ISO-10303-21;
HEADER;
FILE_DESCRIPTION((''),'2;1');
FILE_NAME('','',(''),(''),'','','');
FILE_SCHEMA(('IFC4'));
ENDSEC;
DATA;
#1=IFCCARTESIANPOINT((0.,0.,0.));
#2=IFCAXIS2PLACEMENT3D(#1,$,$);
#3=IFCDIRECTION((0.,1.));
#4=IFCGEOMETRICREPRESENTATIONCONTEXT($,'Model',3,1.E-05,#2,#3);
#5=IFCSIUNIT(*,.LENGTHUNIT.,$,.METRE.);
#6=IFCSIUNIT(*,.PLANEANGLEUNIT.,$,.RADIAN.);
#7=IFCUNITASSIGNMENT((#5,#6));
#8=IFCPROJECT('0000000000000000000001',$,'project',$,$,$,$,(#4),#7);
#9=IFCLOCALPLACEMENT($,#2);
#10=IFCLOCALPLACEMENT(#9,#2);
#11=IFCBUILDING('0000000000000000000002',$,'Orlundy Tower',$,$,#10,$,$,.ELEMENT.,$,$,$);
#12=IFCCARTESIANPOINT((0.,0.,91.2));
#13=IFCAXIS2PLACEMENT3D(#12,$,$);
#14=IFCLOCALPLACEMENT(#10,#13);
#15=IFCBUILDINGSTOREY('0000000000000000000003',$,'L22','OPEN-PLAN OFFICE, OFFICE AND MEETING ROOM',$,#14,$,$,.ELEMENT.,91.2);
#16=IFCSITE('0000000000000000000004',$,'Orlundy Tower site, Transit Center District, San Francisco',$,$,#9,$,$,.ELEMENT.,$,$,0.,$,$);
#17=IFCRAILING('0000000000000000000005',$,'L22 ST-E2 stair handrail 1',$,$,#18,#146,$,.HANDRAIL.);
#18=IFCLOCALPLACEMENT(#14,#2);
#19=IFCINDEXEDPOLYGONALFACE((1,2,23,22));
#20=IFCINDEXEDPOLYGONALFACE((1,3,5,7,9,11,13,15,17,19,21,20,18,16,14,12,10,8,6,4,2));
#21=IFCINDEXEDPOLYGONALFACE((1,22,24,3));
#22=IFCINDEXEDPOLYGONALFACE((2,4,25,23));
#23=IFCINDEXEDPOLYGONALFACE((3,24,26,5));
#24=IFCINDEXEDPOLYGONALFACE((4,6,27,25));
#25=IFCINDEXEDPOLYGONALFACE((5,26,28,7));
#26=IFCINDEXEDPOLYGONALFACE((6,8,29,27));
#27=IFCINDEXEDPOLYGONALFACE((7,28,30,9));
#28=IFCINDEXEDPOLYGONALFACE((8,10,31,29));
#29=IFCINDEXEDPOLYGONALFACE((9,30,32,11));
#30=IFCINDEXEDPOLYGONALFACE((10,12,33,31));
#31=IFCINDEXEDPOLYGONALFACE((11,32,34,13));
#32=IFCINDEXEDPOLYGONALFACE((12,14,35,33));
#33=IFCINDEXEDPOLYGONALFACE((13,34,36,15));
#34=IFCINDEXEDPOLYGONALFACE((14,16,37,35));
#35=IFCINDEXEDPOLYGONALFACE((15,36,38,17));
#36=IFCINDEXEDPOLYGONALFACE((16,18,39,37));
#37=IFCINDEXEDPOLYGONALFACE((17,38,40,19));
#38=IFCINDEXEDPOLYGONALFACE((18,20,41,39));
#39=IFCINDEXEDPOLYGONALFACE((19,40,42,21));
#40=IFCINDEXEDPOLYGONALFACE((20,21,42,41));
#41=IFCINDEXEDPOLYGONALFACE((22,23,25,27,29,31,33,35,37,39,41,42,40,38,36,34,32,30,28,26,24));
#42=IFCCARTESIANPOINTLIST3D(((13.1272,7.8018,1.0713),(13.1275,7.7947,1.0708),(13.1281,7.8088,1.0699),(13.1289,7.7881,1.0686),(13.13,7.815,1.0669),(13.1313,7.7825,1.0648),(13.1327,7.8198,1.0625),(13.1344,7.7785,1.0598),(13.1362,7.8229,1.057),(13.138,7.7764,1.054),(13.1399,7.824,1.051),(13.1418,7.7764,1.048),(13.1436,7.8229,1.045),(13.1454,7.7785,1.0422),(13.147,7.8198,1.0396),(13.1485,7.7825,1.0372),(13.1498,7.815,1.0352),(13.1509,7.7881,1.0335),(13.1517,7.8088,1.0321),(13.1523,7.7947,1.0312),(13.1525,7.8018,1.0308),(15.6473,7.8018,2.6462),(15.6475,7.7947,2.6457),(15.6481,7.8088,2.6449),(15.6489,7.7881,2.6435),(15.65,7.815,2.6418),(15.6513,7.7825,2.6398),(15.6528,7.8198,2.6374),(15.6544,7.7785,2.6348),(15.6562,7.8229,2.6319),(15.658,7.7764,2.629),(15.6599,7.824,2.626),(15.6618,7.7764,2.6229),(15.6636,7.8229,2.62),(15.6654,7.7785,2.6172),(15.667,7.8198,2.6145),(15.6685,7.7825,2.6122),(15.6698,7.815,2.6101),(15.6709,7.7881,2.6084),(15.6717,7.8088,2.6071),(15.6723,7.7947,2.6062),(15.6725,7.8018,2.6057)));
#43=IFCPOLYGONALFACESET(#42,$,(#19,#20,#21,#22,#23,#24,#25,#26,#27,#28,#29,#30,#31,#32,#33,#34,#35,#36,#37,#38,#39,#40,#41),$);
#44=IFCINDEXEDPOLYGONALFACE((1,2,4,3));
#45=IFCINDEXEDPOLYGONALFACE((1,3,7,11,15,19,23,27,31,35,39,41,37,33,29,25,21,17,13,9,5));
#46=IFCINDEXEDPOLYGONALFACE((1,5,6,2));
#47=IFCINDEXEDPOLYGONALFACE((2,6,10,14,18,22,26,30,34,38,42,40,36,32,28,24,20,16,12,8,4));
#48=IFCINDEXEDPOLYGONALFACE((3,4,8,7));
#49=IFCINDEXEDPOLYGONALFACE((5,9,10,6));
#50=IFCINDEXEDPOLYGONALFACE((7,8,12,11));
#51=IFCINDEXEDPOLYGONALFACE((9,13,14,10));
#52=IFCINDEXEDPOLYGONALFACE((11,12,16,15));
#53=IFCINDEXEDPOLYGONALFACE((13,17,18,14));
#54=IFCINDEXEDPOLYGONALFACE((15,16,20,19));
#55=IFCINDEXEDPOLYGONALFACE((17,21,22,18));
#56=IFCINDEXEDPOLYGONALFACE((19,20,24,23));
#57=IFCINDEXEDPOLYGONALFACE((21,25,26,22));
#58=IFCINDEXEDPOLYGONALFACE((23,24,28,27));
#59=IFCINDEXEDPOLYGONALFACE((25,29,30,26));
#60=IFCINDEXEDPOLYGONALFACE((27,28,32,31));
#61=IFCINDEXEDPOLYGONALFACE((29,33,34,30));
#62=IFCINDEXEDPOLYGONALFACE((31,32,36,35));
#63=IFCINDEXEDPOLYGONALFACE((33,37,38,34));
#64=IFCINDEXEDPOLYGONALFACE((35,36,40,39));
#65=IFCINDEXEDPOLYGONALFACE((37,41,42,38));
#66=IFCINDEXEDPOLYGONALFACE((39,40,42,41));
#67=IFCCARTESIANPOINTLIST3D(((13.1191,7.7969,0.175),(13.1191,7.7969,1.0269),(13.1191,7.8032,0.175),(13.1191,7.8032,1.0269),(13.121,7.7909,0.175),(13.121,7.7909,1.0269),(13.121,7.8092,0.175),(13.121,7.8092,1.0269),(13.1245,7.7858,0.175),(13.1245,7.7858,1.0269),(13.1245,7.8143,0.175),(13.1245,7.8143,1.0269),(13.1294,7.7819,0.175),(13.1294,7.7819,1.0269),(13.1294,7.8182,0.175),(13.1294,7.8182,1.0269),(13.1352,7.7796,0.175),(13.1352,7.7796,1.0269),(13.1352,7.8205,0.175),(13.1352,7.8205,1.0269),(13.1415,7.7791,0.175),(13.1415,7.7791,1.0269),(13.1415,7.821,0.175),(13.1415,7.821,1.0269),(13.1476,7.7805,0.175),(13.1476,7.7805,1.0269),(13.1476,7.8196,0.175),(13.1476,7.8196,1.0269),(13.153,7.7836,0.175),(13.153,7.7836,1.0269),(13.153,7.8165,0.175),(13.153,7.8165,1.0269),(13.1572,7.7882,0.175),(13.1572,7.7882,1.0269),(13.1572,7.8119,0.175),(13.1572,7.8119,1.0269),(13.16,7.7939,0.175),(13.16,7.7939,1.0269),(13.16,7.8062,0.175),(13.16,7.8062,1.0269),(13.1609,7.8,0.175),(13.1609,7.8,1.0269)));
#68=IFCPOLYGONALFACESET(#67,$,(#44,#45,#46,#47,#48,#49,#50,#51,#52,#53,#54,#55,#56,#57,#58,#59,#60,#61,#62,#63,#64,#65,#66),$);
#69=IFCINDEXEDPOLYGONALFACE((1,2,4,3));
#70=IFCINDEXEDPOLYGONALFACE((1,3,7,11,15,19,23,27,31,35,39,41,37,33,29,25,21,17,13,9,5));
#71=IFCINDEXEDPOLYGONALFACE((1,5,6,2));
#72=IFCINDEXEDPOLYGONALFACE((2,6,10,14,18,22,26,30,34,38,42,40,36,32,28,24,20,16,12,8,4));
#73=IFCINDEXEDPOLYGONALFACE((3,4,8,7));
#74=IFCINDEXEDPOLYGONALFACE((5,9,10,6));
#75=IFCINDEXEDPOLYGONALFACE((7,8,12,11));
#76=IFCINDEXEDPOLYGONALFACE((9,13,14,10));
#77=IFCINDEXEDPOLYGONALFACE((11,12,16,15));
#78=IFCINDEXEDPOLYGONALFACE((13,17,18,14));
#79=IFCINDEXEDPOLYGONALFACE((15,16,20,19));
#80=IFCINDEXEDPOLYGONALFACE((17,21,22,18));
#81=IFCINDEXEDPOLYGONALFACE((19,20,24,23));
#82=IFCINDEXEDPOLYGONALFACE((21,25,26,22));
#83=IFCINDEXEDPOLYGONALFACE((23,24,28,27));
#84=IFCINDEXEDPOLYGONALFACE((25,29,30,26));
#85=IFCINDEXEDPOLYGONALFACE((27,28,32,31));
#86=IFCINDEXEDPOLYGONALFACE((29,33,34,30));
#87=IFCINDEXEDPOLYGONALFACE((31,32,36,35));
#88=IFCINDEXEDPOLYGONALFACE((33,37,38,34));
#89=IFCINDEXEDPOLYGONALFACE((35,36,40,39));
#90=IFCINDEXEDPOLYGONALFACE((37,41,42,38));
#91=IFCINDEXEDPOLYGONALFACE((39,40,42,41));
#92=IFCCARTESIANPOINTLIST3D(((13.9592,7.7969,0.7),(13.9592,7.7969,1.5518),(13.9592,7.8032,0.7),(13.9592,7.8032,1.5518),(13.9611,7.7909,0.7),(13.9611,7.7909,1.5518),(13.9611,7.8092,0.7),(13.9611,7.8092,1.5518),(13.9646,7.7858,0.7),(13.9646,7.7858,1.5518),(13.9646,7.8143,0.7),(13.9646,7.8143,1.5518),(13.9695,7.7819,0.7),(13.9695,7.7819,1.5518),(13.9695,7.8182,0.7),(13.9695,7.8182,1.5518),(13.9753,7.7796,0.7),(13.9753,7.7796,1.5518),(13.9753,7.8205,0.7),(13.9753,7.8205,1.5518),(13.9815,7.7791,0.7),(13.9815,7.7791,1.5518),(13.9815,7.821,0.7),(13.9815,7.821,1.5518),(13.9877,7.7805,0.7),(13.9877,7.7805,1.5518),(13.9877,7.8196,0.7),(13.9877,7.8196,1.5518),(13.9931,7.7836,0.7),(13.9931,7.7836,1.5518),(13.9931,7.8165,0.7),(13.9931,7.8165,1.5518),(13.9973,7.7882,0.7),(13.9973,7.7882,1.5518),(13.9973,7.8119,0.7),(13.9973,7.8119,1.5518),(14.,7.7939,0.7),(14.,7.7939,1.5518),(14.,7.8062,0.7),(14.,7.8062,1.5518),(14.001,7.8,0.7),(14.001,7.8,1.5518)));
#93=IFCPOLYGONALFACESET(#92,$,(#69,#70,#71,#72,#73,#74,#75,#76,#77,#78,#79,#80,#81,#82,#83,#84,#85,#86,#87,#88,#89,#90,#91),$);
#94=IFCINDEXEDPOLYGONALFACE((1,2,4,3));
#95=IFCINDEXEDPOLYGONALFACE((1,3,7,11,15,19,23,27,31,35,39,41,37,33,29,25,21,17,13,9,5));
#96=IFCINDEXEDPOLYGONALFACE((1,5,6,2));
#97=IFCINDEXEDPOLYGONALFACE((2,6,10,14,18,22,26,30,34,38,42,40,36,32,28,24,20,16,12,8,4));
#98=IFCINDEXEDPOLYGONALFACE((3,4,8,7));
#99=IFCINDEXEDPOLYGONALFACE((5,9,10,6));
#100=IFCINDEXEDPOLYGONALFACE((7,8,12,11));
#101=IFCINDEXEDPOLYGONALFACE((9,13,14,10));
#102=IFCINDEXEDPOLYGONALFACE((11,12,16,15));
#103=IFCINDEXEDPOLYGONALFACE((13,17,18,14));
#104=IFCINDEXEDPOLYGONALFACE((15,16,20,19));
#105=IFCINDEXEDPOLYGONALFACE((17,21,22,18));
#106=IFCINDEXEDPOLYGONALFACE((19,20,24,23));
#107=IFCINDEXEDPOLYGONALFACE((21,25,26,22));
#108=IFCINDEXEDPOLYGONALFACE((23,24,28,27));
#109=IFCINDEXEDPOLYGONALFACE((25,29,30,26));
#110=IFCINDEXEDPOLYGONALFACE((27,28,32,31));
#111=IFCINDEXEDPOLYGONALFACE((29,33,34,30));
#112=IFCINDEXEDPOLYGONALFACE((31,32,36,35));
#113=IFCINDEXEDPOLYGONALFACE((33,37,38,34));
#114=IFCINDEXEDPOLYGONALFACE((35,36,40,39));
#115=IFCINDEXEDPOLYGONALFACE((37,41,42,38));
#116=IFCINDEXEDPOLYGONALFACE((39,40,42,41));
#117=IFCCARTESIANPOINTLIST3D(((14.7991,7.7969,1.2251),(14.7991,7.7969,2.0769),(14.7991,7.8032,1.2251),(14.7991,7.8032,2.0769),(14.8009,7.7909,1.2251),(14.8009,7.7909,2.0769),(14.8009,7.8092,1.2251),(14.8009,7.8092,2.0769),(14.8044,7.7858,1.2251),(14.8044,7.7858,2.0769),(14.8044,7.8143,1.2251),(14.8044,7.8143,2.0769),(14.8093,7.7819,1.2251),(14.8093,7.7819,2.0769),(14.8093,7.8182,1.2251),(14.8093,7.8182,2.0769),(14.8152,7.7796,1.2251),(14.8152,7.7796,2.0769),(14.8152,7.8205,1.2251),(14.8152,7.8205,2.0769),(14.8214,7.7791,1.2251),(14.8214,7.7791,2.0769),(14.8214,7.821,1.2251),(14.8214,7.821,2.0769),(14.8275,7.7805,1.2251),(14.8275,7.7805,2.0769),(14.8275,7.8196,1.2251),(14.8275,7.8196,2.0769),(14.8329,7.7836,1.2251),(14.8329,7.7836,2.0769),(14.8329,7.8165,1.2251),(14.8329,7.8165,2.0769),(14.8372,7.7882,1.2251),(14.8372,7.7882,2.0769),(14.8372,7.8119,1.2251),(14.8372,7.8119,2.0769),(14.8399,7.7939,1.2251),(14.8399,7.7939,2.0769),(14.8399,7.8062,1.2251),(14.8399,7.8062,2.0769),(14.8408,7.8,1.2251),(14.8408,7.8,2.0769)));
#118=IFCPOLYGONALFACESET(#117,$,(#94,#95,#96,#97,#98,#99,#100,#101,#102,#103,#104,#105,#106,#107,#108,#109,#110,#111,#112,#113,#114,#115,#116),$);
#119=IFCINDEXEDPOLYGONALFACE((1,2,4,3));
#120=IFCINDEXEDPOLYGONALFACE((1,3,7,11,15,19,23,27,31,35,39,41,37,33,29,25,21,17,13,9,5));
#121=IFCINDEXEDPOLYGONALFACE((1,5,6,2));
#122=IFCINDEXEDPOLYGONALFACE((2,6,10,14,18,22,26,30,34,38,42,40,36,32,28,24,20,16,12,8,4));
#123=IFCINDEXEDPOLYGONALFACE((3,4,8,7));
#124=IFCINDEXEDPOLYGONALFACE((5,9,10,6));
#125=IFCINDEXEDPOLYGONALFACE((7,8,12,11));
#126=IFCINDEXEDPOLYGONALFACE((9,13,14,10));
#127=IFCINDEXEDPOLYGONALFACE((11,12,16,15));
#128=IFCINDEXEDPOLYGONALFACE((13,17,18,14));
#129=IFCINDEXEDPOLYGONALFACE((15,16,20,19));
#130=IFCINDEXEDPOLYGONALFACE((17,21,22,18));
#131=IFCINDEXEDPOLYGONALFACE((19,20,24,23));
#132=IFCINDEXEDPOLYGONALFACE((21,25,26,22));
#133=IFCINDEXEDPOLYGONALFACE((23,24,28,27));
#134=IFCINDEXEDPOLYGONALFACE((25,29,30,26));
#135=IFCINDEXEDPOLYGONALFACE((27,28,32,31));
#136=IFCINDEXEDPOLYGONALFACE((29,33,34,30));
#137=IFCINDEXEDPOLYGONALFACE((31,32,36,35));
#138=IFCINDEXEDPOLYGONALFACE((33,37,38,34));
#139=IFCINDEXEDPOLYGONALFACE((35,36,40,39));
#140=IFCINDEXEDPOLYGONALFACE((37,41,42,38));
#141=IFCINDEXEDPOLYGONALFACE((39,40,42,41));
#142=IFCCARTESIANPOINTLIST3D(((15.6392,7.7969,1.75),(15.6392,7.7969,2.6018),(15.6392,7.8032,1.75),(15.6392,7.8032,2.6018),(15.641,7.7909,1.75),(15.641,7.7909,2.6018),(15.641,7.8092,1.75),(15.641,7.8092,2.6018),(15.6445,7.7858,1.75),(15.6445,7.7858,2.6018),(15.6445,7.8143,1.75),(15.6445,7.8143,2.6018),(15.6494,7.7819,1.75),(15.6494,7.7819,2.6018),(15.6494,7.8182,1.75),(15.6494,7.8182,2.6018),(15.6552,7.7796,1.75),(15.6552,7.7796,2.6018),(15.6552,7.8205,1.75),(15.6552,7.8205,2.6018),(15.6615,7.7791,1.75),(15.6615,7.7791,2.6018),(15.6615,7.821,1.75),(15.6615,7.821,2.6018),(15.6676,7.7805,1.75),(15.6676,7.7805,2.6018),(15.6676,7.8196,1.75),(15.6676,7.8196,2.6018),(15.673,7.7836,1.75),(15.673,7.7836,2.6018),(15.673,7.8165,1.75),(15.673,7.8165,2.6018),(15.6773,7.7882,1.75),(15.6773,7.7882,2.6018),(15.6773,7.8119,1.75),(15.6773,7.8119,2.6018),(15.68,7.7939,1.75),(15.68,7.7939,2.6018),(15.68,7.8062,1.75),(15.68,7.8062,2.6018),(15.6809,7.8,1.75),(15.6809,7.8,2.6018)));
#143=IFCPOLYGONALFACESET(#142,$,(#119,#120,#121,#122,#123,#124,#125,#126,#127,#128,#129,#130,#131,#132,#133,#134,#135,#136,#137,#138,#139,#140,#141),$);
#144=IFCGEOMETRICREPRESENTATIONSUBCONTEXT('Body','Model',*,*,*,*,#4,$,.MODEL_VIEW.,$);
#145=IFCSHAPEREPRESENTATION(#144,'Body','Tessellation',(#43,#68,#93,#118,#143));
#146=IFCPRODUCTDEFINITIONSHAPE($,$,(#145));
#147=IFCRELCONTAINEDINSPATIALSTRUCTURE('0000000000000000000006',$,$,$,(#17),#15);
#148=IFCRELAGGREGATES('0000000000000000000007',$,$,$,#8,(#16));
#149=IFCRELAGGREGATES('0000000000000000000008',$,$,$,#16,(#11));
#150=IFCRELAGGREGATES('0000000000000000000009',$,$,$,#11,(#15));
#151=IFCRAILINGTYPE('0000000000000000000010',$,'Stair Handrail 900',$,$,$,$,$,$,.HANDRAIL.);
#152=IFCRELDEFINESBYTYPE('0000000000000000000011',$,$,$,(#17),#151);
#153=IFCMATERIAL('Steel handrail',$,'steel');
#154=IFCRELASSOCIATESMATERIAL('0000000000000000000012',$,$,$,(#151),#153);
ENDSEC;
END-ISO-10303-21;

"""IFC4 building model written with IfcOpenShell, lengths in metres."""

from ifc_helpers import new_model, si_unit, direction, frame, origin, origin_2d, place, context, subcontext, project, spatial, circle, extrude, material, type_object, element, save


model = new_model("IFC4")

# Units and contexts
model_context = context("Model", 3, precision=1e-05, world=origin(), true_north=direction((0.0, 1.0)))
body_context = subcontext(model_context, "Body", "Model", "MODEL_VIEW")
ifc_project = project(units=[si_unit("LENGTHUNIT", "METRE"), si_unit("PLANEANGLEUNIT", "RADIAN")], contexts=[model_context])

# Site, building, storey
site_placement = place(None, origin())
site = spatial("IfcSite", under=ifc_project, at=site_placement, Name="Orlundy Tower site, Transit Center District, San Francisco", CompositionType="ELEMENT", RefElevation=0.0)
building_placement = place(site_placement, origin())
building = spatial("IfcBuilding", under=site, at=building_placement, Name="Orlundy Tower", CompositionType="ELEMENT")
storey_placement = place(building_placement, frame((0.0, 0.0, 91.2)))
storey = spatial("IfcBuildingStorey", under=building, at=storey_placement, Name="L22", Description="OPEN-PLAN OFFICE, OFFICE AND MEETING ROOM", CompositionType="ELEMENT", Elevation=91.2)

# Railing
ifc_material_1 = material(Name="Steel handrail", Category="steel")
railing_type = type_object("IfcRailingType", Name="Stair Handrail 900", PredefinedType="HANDRAIL", material=ifc_material_1)
railing_placement = place(storey_placement, frame((13.1399, 7.8, 0.175)))
element("IfcRailing", 1, at=railing_placement, inside=storey, type_object=railing_type, Name="L22 ST-E2 stair handrail 1", PredefinedType="HANDRAIL", context=body_context, shape_type="SweptSolid", body=[
    extrude(circle(Radius=0.0239, at=origin_2d()), frame((0.0, 0.0, 0.876), z_axis=(0.848008, 0.0, 0.529984), x_axis=(0.0, 1.0, 0.0)), (0.0, 0.0, 1.0), 2.9717),
    extrude(circle(Radius=0.021, at=origin_2d()), origin(), (0.0, 0.0, 1.0), 0.8518),
    extrude(circle(Radius=0.021, at=origin_2d()), frame((0.8401, 0.0, 0.5249)), (0.0, 0.0, 1.0), 0.8518),
    extrude(circle(Radius=0.021, at=origin_2d()), frame((1.6799, 0.0, 1.05)), (0.0, 0.0, 1.0), 0.8518),
    extrude(circle(Radius=0.021, at=origin_2d()), frame((2.52, 0.0, 1.575)), (0.0, 0.0, 1.0), 0.8518),
])

save(model, "model.ifc")
